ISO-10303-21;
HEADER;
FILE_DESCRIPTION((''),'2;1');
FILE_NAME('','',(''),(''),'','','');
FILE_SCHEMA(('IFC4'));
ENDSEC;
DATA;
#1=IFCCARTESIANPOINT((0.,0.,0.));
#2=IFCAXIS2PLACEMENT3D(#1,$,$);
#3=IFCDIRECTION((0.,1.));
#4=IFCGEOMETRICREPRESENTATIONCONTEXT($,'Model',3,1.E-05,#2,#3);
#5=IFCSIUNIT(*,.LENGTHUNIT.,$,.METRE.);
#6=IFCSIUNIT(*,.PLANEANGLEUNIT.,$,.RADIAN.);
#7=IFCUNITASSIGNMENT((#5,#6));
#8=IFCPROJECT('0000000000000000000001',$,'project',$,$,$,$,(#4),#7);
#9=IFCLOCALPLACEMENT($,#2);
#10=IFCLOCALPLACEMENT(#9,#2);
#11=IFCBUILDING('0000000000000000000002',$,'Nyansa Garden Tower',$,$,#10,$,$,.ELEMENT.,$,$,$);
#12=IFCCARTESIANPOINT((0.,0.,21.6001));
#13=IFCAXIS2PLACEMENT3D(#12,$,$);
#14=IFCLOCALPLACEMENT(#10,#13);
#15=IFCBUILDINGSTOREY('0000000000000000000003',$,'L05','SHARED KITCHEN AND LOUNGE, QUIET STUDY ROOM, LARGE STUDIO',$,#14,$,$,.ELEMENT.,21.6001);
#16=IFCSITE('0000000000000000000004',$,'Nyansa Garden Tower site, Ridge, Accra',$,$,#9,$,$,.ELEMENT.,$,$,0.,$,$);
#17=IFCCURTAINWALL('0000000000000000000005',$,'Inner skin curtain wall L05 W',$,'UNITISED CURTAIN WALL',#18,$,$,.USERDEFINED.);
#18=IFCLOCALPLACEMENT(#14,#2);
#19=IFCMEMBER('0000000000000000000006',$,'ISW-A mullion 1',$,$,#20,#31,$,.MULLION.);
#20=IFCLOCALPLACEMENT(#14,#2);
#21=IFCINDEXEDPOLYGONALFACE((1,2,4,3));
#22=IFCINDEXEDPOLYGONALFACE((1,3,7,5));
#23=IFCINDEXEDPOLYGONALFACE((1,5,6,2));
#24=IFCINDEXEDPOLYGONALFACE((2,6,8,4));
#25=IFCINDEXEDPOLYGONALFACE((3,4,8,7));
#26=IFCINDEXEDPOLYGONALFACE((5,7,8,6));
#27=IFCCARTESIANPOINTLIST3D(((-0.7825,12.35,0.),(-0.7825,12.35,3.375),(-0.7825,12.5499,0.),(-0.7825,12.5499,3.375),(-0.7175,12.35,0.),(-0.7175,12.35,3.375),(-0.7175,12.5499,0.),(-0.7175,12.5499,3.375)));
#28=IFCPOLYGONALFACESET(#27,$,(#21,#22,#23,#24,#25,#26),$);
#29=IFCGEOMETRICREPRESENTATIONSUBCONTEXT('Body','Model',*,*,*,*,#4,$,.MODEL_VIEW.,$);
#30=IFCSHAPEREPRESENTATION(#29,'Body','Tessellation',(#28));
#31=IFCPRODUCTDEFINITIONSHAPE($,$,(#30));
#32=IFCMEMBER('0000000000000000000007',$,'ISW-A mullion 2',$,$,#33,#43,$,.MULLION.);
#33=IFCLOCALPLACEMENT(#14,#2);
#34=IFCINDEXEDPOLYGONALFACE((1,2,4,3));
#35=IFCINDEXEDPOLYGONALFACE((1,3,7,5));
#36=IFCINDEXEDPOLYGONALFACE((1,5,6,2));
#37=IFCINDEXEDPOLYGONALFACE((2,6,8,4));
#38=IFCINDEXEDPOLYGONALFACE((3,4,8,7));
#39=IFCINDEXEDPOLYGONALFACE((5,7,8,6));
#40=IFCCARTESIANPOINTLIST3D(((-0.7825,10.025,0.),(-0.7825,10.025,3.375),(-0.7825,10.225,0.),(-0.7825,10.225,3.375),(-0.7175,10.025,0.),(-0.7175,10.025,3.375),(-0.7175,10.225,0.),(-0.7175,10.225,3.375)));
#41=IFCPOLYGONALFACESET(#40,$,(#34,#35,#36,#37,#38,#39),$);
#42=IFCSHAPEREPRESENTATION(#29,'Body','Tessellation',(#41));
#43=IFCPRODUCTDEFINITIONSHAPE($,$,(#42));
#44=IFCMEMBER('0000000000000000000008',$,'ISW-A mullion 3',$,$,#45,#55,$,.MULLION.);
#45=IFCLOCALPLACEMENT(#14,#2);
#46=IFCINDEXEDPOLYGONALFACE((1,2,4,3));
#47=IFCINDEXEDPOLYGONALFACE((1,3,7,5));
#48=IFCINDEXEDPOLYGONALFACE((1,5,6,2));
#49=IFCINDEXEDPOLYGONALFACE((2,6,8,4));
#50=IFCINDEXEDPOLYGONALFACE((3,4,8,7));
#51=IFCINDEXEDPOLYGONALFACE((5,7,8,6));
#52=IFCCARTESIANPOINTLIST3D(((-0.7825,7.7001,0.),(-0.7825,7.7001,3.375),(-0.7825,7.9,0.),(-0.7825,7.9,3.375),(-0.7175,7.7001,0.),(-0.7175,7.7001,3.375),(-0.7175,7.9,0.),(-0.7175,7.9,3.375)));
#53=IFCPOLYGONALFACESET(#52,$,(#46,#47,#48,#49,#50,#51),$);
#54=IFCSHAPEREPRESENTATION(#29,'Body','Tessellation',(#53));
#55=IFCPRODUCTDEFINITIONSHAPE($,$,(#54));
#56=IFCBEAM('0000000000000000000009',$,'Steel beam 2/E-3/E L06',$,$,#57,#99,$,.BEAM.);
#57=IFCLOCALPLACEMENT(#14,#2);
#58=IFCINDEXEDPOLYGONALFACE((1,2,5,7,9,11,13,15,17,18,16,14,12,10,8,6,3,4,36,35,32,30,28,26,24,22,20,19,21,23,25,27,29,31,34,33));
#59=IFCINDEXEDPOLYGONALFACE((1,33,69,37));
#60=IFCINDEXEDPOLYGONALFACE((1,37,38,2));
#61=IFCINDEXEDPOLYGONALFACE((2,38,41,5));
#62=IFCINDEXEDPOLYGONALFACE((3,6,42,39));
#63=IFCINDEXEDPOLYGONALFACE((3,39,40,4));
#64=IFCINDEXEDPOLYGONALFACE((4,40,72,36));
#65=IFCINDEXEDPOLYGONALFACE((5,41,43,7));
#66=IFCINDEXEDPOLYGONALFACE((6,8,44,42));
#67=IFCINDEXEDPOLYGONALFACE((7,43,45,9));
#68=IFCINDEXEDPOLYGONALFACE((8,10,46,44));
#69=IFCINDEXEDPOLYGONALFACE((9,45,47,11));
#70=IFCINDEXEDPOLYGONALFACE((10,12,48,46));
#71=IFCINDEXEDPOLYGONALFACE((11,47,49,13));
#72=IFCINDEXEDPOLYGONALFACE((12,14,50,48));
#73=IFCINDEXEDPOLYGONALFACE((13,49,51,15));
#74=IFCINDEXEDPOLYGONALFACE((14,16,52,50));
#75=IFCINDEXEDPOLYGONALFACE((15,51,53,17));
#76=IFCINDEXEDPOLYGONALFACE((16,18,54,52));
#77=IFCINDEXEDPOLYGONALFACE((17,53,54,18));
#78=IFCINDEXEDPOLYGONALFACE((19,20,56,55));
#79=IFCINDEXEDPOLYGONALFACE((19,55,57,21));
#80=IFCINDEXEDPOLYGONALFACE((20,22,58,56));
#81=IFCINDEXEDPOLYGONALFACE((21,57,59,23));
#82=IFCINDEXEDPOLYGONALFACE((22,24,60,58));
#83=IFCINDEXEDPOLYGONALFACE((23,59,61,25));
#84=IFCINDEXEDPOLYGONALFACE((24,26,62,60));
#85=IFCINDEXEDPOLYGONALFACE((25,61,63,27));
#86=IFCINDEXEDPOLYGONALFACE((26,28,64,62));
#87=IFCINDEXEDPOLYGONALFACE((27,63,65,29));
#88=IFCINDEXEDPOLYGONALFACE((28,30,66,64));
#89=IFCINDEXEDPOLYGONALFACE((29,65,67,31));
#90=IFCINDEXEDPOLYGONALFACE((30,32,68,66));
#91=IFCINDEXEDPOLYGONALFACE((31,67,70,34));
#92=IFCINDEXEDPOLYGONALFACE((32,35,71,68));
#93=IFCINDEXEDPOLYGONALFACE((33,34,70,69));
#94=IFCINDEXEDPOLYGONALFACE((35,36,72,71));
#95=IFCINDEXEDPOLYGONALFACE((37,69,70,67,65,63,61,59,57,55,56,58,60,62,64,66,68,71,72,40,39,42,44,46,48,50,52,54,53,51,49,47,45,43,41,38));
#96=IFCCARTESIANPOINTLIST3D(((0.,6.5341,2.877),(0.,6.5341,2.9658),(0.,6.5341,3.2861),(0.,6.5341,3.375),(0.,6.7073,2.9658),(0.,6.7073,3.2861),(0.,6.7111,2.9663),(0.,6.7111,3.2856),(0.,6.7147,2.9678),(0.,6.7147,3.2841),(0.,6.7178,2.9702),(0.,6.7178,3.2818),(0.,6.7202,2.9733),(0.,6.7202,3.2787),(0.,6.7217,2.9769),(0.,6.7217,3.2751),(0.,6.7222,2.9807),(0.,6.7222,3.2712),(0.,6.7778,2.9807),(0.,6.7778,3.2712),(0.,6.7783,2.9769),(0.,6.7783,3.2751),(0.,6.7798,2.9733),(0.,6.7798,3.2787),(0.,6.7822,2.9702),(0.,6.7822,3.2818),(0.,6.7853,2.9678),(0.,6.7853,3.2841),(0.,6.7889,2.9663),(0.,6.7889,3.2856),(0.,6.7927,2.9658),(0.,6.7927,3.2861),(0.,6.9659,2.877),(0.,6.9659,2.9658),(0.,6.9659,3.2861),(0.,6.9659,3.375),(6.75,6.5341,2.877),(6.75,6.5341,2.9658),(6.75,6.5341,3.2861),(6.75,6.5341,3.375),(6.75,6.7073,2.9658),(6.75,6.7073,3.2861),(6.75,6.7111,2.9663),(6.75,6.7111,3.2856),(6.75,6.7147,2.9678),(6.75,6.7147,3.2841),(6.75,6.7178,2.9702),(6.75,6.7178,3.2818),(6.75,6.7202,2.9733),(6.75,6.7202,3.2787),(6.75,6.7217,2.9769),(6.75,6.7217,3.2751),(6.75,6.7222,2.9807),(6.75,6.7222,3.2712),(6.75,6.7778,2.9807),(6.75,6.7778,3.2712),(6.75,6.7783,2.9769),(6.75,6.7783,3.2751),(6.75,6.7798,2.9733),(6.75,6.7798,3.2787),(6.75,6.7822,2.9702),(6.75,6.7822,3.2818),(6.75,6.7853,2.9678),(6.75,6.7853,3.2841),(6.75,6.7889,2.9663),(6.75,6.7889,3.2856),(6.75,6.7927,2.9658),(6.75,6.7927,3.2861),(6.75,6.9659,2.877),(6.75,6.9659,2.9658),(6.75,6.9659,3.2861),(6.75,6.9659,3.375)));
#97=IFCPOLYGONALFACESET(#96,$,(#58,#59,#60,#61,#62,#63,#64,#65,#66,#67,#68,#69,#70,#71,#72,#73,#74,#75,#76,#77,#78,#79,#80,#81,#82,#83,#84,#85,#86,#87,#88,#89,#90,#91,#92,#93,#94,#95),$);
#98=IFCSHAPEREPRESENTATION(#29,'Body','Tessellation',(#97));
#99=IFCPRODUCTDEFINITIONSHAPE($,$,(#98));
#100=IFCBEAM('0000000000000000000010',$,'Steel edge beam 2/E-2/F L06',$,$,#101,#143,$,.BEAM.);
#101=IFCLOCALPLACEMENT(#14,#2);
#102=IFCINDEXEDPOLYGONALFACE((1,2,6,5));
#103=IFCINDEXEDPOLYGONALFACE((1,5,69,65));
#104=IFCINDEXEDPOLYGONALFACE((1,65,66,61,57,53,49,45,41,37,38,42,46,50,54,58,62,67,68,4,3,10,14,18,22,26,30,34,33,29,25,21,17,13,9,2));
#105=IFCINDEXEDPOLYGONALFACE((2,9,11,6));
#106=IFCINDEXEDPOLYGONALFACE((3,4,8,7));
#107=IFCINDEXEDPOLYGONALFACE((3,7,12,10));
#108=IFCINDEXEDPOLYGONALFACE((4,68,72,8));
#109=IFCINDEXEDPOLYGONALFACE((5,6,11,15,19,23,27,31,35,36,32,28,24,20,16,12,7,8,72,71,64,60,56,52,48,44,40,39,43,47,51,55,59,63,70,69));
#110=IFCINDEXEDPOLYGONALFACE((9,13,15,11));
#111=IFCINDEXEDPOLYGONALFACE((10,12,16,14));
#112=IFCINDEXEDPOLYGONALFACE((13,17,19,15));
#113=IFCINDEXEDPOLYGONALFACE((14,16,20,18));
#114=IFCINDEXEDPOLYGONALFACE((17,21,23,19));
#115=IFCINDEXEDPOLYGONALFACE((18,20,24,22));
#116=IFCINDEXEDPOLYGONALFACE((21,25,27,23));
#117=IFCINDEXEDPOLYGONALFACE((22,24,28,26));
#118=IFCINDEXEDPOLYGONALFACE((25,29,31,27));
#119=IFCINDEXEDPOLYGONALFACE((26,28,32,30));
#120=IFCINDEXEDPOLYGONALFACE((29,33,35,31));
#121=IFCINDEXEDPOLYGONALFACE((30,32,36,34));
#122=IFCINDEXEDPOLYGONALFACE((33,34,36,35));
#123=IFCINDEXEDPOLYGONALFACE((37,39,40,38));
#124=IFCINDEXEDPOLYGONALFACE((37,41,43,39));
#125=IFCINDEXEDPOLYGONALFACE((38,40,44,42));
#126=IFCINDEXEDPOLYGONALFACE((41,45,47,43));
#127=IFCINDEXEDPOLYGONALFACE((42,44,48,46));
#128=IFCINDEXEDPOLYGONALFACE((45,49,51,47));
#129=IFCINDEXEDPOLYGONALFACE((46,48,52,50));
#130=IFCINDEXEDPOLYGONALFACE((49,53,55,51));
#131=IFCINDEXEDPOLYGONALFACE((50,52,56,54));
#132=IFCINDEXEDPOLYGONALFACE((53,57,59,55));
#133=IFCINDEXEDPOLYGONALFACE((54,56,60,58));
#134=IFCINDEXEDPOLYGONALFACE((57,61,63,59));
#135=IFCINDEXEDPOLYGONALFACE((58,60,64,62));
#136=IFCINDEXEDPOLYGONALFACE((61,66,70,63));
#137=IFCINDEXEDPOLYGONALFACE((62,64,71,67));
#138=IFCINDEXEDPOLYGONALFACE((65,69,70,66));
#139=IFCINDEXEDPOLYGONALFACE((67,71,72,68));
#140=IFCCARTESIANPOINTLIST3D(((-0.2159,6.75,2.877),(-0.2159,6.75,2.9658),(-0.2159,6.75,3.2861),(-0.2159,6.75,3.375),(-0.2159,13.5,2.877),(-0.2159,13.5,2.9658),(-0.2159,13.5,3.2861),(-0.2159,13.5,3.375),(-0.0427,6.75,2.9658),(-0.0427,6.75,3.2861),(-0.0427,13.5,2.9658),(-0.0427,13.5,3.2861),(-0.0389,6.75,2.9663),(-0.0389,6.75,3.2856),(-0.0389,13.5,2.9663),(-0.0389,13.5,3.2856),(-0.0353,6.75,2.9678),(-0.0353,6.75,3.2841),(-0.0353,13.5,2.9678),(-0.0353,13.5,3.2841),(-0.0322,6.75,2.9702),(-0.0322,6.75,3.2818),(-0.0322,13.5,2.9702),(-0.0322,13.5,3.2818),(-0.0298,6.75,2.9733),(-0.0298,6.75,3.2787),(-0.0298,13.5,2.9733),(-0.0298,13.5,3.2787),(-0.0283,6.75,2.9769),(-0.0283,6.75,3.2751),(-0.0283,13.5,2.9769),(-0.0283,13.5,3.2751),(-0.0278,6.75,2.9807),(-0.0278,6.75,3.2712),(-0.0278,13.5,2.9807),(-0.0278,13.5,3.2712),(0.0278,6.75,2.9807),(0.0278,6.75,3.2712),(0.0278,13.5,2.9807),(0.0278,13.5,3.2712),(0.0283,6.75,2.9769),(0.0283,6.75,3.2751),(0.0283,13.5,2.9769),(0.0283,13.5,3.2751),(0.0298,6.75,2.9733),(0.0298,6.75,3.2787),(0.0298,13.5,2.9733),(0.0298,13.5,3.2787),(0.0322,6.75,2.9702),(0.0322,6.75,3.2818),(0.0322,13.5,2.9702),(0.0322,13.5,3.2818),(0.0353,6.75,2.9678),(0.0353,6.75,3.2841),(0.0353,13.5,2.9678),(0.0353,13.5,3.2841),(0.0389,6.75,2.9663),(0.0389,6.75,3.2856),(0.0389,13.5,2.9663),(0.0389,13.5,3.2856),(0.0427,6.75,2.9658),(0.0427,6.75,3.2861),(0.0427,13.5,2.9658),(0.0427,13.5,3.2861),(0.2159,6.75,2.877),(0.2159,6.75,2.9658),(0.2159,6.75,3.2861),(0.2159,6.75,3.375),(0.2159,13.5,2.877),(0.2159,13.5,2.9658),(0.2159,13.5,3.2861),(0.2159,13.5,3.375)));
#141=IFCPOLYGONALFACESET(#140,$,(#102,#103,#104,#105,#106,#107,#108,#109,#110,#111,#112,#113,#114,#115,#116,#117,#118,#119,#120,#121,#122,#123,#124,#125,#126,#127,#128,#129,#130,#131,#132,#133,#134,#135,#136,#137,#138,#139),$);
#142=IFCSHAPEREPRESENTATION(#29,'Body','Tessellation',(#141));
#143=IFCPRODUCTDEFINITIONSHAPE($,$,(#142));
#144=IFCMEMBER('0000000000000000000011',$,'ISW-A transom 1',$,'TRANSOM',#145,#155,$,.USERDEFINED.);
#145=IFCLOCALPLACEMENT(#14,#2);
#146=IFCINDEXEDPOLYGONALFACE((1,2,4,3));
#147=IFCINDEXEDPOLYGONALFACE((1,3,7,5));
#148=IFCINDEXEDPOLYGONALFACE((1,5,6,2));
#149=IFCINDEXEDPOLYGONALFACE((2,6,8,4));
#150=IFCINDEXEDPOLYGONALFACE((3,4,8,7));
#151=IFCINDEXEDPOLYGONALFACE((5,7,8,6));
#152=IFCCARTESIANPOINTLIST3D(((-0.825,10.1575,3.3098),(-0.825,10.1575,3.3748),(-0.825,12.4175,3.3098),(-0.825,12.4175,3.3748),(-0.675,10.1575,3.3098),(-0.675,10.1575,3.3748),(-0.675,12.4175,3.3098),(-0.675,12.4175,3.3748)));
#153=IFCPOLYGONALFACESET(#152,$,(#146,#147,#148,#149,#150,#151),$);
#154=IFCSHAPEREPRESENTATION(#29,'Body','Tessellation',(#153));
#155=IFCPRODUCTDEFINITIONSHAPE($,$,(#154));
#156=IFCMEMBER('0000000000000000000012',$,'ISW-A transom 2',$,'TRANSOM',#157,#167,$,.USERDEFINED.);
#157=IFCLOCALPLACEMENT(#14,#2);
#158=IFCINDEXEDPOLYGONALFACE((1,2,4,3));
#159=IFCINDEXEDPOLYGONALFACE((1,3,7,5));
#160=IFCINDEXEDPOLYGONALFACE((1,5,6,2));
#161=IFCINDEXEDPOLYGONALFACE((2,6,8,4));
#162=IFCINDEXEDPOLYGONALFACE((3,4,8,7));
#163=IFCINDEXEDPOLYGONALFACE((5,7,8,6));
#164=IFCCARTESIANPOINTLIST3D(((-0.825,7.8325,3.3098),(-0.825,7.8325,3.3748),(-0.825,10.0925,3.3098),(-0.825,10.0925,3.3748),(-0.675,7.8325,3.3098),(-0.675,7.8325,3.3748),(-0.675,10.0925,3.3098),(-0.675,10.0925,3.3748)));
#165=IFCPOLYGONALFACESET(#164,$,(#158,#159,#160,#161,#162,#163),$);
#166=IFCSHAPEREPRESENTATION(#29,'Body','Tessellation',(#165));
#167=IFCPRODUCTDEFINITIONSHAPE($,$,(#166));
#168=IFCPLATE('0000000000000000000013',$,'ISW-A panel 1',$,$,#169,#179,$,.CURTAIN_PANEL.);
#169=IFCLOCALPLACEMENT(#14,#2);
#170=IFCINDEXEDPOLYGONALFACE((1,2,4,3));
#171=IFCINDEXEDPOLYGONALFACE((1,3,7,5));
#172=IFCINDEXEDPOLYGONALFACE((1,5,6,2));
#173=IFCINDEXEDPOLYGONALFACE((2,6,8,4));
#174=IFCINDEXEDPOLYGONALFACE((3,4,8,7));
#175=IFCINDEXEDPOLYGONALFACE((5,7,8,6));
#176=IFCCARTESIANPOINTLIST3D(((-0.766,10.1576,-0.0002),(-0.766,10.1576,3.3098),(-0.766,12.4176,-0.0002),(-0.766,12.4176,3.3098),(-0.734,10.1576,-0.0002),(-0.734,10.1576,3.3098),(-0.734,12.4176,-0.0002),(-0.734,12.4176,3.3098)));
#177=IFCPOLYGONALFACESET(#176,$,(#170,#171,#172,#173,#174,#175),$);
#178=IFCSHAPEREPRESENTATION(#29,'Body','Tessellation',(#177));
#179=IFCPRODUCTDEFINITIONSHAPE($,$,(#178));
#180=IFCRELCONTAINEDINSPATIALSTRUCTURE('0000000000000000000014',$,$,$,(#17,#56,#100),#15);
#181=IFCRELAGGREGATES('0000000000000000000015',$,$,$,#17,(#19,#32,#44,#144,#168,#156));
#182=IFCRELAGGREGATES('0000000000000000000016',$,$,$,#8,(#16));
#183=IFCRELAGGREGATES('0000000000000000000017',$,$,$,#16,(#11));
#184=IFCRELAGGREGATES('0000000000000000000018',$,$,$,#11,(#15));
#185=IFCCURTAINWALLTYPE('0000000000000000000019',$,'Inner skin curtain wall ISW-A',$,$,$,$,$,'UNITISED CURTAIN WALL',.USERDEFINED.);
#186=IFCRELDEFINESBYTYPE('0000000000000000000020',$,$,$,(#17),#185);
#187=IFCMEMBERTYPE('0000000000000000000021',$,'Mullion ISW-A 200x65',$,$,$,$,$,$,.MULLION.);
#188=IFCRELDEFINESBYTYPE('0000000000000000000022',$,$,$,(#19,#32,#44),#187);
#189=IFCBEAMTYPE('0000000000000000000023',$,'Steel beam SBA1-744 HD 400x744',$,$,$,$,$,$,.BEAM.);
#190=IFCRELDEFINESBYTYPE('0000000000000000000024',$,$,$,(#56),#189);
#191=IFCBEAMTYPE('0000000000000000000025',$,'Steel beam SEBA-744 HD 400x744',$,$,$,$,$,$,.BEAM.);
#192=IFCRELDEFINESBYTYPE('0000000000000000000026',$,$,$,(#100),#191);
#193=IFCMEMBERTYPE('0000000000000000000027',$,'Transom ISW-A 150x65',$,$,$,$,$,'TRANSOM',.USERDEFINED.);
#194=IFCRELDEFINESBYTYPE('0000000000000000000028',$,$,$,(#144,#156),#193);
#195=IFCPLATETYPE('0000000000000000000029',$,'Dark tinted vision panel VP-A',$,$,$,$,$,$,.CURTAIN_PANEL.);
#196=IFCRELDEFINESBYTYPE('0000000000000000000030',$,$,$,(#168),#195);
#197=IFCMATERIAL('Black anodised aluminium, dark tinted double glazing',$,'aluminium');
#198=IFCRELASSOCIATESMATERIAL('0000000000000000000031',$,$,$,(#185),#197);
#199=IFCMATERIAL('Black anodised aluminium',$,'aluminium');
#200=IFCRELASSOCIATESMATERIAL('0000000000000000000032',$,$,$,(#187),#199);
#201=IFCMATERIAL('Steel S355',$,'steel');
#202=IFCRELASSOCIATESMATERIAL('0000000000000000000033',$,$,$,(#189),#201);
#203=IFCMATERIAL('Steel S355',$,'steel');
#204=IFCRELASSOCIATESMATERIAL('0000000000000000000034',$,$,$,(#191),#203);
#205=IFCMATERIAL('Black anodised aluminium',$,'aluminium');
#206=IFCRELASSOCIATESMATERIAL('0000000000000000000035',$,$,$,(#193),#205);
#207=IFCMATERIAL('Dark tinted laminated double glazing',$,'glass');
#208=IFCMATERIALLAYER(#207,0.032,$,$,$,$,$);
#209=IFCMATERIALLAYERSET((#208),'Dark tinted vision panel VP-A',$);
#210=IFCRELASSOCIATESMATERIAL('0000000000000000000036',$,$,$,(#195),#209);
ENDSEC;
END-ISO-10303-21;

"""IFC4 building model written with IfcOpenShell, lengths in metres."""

from ifc_helpers import new_model, si_unit, direction, frame, origin, origin_2d, place, context, subcontext, project, spatial, rectangle, i_section, extrude, material, layer, layer_set, material_profile, profile_set, type_object, element, aggregate, save


model = new_model("IFC4")

# Units and contexts
model_context = context("Model", 3, precision=1e-05, world=origin(), true_north=direction((0.0, 1.0)))
body_context = subcontext(model_context, "Body", "Model", "MODEL_VIEW")
ifc_project = project(units=[si_unit("LENGTHUNIT", "METRE"), si_unit("PLANEANGLEUNIT", "RADIAN")], contexts=[model_context])

# Site, building, storey
site_placement = place(None, origin())
site = spatial("IfcSite", under=ifc_project, at=site_placement, Name="Nyansa Garden Tower site, Ridge, Accra", CompositionType="ELEMENT", RefElevation=0.0)
building_placement = place(site_placement, origin())
building = spatial("IfcBuilding", under=site, at=building_placement, Name="Nyansa Garden Tower", CompositionType="ELEMENT")
storey_placement = place(building_placement, frame((0.0, 0.0, 21.6001)))
storey = spatial("IfcBuildingStorey", under=building, at=storey_placement, Name="L05", Description="SHARED KITCHEN AND LOUNGE, QUIET STUDY ROOM, LARGE STUDIO", CompositionType="ELEMENT", Elevation=21.6001)

# Curtain wall, members
ifc_material_1 = material(Name="Black anodised aluminium, dark tinted double glazing", Category="aluminium")
curtain_wall_type = type_object("IfcCurtainWallType", Name="Inner skin curtain wall ISW-A", ElementType="UNITISED CURTAIN WALL", PredefinedType="USERDEFINED", material=ifc_material_1)
curtain_wall_placement = place(storey_placement, origin())
curtain_wall = element("IfcCurtainWall", 1, at=curtain_wall_placement, inside=storey, type_object=curtain_wall_type, Name="Inner skin curtain wall L05 W", ObjectType="UNITISED CURTAIN WALL", PredefinedType="USERDEFINED")
ifc_material_2 = material(Name="Black anodised aluminium", Category="aluminium")
ifc_material_profile_1 = material_profile(ifc_material_2, rectangle(XDim=0.0649, YDim=0.2, at=origin_2d()), Name="Mullion 200x65")
ifc_profile_set_1 = profile_set([ifc_material_profile_1], Name="Black anodised aluminium")
member_type_1 = type_object("IfcMemberType", Name="Mullion ISW-A 200x65", PredefinedType="MULLION", material=ifc_profile_set_1)
member_1_placement = place(storey_placement, frame((-0.75, 12.45, 0.0), z_axis=(0.0, 0.0, 1.0), x_axis=(1.0, 0.0, 0.0)))
member_1 = element("IfcMember", 2, at=member_1_placement, type_object=member_type_1, Name="ISW-A mullion 1", PredefinedType="MULLION", context=body_context, shape_type="SweptSolid", body=[
    extrude(rectangle(XDim=0.0649, YDim=0.2, at=origin_2d()), origin(), (0.0, 0.0, 1.0), 3.375),
])
member_2_placement = place(storey_placement, frame((-0.75, 10.125, 0.0), z_axis=(0.0, 0.0, 1.0), x_axis=(1.0, 0.0, 0.0)))
member_2 = element("IfcMember", 3, at=member_2_placement, type_object=member_type_1, Name="ISW-A mullion 2", PredefinedType="MULLION", context=body_context, shape_type="SweptSolid", body=[
    extrude(rectangle(XDim=0.0649, YDim=0.2, at=origin_2d()), origin(), (0.0, 0.0, 1.0), 3.375),
])
member_3_placement = place(storey_placement, frame((-0.75, 7.8, 0.0), z_axis=(0.0, 0.0, 1.0), x_axis=(1.0, 0.0, 0.0)))
member_3 = element("IfcMember", 4, at=member_3_placement, type_object=member_type_1, Name="ISW-A mullion 3", PredefinedType="MULLION", context=body_context, shape_type="SweptSolid", body=[
    extrude(rectangle(XDim=0.0649, YDim=0.2, at=origin_2d()), origin(), (0.0, 0.0, 1.0), 3.375),
])

# Beams
ifc_material_3 = material(Name="Steel S355", Category="steel")
ifc_material_profile_2 = material_profile(ifc_material_3, i_section(OverallWidth=0.4319, OverallDepth=0.498, WebThickness=0.0557, FlangeThickness=0.0889, FilletRadius=0.0149, at=origin_2d()), Name="HD 400x744")
ifc_profile_set_2 = profile_set([ifc_material_profile_2], Name="Steel S355")
beam_type_1 = type_object("IfcBeamType", Name="Steel beam SBA1-744 HD 400x744", PredefinedType="BEAM", material=ifc_profile_set_2)
beam_1_placement = place(storey_placement, frame((0.0, 6.75, 3.126), z_axis=(1.0, 0.0, 0.0), x_axis=(0.0, 1.0, 0.0)))
element("IfcBeam", 5, at=beam_1_placement, inside=storey, type_object=beam_type_1, Name="Steel beam 2/E-3/E L06", PredefinedType="BEAM", context=body_context, shape_type="SweptSolid", body=[
    extrude(i_section(OverallWidth=0.4319, OverallDepth=0.498, WebThickness=0.0557, FlangeThickness=0.0889, FilletRadius=0.0149, at=origin_2d()), origin(), (0.0, 0.0, 1.0), 6.75),
])
ifc_material_4 = material(Name="Steel S355", Category="steel")
ifc_material_profile_3 = material_profile(ifc_material_4, i_section(OverallWidth=0.4319, OverallDepth=0.498, WebThickness=0.0557, FlangeThickness=0.0889, FilletRadius=0.0149, at=origin_2d()), Name="HD 400x744")
ifc_profile_set_3 = profile_set([ifc_material_profile_3], Name="Steel S355")
beam_type_2 = type_object("IfcBeamType", Name="Steel beam SEBA-744 HD 400x744", PredefinedType="BEAM", material=ifc_profile_set_3)
beam_2_placement = place(storey_placement, frame((0.0, 6.75, 3.126), z_axis=(0.0, 1.0, 0.0), x_axis=(-1.0, 0.0, 0.0)))
element("IfcBeam", 6, at=beam_2_placement, inside=storey, type_object=beam_type_2, Name="Steel edge beam 2/E-2/F L06", PredefinedType="BEAM", context=body_context, shape_type="SweptSolid", body=[
    extrude(i_section(OverallWidth=0.4319, OverallDepth=0.498, WebThickness=0.0557, FlangeThickness=0.0889, FilletRadius=0.0149, at=origin_2d()), origin(), (0.0, 0.0, 1.0), 6.75),
])

# Members
ifc_material_5 = material(Name="Black anodised aluminium", Category="aluminium")
ifc_material_profile_4 = material_profile(ifc_material_5, rectangle(XDim=0.1499, YDim=0.0649, at=origin_2d()), Name="Transom 150x65")
ifc_profile_set_4 = profile_set([ifc_material_profile_4], Name="Black anodised aluminium")
member_type_2 = type_object("IfcMemberType", Name="Transom ISW-A 150x65", ElementType="TRANSOM", PredefinedType="USERDEFINED", material=ifc_profile_set_4)
member_4_placement = place(storey_placement, frame((-0.75, 12.4175, 3.3423), z_axis=(0.0, -1.0, 0.0), x_axis=(1.0, 0.0, 0.0)))
member_4 = element("IfcMember", 7, at=member_4_placement, type_object=member_type_2, Name="ISW-A transom 1", ObjectType="TRANSOM", PredefinedType="USERDEFINED", context=body_context, shape_type="SweptSolid", body=[
    extrude(rectangle(XDim=0.1499, YDim=0.0649, at=origin_2d()), origin(), (0.0, 0.0, 1.0), 2.26),
])
member_5_placement = place(storey_placement, frame((-0.75, 10.0925, 3.3423), z_axis=(0.0, -1.0, 0.0), x_axis=(1.0, 0.0, 0.0)))
member_5 = element("IfcMember", 8, at=member_5_placement, type_object=member_type_2, Name="ISW-A transom 2", ObjectType="TRANSOM", PredefinedType="USERDEFINED", context=body_context, shape_type="SweptSolid", body=[
    extrude(rectangle(XDim=0.1499, YDim=0.0649, at=origin_2d()), origin(), (0.0, 0.0, 1.0), 2.26),
])

# Plate
ifc_material_6 = material(Name="Dark tinted laminated double glazing", Category="glass")
ifc_layer_1 = layer(ifc_material_6, 0.032)
ifc_layer_set_1 = layer_set([ifc_layer_1], Name="Dark tinted vision panel VP-A")
plate_type = type_object("IfcPlateType", Name="Dark tinted vision panel VP-A", PredefinedType="CURTAIN_PANEL", material=ifc_layer_set_1)
plate_1_placement = place(storey_placement, frame((-0.75, 11.2876, -0.0002), z_axis=(0.0, 0.0, 1.0), x_axis=(0.0, -1.0, 0.0)))
plate_1 = element("IfcPlate", 9, at=plate_1_placement, type_object=plate_type, Name="ISW-A panel 1", PredefinedType="CURTAIN_PANEL", context=body_context, shape_type="SweptSolid", body=[
    extrude(rectangle(XDim=2.26, YDim=0.032, at=origin_2d()), origin(), (0.0, 0.0, 1.0), 3.3101),
])
aggregate(curtain_wall, [member_1, member_2, member_3, member_4, plate_1, member_5])

save(model, "model.ifc")
